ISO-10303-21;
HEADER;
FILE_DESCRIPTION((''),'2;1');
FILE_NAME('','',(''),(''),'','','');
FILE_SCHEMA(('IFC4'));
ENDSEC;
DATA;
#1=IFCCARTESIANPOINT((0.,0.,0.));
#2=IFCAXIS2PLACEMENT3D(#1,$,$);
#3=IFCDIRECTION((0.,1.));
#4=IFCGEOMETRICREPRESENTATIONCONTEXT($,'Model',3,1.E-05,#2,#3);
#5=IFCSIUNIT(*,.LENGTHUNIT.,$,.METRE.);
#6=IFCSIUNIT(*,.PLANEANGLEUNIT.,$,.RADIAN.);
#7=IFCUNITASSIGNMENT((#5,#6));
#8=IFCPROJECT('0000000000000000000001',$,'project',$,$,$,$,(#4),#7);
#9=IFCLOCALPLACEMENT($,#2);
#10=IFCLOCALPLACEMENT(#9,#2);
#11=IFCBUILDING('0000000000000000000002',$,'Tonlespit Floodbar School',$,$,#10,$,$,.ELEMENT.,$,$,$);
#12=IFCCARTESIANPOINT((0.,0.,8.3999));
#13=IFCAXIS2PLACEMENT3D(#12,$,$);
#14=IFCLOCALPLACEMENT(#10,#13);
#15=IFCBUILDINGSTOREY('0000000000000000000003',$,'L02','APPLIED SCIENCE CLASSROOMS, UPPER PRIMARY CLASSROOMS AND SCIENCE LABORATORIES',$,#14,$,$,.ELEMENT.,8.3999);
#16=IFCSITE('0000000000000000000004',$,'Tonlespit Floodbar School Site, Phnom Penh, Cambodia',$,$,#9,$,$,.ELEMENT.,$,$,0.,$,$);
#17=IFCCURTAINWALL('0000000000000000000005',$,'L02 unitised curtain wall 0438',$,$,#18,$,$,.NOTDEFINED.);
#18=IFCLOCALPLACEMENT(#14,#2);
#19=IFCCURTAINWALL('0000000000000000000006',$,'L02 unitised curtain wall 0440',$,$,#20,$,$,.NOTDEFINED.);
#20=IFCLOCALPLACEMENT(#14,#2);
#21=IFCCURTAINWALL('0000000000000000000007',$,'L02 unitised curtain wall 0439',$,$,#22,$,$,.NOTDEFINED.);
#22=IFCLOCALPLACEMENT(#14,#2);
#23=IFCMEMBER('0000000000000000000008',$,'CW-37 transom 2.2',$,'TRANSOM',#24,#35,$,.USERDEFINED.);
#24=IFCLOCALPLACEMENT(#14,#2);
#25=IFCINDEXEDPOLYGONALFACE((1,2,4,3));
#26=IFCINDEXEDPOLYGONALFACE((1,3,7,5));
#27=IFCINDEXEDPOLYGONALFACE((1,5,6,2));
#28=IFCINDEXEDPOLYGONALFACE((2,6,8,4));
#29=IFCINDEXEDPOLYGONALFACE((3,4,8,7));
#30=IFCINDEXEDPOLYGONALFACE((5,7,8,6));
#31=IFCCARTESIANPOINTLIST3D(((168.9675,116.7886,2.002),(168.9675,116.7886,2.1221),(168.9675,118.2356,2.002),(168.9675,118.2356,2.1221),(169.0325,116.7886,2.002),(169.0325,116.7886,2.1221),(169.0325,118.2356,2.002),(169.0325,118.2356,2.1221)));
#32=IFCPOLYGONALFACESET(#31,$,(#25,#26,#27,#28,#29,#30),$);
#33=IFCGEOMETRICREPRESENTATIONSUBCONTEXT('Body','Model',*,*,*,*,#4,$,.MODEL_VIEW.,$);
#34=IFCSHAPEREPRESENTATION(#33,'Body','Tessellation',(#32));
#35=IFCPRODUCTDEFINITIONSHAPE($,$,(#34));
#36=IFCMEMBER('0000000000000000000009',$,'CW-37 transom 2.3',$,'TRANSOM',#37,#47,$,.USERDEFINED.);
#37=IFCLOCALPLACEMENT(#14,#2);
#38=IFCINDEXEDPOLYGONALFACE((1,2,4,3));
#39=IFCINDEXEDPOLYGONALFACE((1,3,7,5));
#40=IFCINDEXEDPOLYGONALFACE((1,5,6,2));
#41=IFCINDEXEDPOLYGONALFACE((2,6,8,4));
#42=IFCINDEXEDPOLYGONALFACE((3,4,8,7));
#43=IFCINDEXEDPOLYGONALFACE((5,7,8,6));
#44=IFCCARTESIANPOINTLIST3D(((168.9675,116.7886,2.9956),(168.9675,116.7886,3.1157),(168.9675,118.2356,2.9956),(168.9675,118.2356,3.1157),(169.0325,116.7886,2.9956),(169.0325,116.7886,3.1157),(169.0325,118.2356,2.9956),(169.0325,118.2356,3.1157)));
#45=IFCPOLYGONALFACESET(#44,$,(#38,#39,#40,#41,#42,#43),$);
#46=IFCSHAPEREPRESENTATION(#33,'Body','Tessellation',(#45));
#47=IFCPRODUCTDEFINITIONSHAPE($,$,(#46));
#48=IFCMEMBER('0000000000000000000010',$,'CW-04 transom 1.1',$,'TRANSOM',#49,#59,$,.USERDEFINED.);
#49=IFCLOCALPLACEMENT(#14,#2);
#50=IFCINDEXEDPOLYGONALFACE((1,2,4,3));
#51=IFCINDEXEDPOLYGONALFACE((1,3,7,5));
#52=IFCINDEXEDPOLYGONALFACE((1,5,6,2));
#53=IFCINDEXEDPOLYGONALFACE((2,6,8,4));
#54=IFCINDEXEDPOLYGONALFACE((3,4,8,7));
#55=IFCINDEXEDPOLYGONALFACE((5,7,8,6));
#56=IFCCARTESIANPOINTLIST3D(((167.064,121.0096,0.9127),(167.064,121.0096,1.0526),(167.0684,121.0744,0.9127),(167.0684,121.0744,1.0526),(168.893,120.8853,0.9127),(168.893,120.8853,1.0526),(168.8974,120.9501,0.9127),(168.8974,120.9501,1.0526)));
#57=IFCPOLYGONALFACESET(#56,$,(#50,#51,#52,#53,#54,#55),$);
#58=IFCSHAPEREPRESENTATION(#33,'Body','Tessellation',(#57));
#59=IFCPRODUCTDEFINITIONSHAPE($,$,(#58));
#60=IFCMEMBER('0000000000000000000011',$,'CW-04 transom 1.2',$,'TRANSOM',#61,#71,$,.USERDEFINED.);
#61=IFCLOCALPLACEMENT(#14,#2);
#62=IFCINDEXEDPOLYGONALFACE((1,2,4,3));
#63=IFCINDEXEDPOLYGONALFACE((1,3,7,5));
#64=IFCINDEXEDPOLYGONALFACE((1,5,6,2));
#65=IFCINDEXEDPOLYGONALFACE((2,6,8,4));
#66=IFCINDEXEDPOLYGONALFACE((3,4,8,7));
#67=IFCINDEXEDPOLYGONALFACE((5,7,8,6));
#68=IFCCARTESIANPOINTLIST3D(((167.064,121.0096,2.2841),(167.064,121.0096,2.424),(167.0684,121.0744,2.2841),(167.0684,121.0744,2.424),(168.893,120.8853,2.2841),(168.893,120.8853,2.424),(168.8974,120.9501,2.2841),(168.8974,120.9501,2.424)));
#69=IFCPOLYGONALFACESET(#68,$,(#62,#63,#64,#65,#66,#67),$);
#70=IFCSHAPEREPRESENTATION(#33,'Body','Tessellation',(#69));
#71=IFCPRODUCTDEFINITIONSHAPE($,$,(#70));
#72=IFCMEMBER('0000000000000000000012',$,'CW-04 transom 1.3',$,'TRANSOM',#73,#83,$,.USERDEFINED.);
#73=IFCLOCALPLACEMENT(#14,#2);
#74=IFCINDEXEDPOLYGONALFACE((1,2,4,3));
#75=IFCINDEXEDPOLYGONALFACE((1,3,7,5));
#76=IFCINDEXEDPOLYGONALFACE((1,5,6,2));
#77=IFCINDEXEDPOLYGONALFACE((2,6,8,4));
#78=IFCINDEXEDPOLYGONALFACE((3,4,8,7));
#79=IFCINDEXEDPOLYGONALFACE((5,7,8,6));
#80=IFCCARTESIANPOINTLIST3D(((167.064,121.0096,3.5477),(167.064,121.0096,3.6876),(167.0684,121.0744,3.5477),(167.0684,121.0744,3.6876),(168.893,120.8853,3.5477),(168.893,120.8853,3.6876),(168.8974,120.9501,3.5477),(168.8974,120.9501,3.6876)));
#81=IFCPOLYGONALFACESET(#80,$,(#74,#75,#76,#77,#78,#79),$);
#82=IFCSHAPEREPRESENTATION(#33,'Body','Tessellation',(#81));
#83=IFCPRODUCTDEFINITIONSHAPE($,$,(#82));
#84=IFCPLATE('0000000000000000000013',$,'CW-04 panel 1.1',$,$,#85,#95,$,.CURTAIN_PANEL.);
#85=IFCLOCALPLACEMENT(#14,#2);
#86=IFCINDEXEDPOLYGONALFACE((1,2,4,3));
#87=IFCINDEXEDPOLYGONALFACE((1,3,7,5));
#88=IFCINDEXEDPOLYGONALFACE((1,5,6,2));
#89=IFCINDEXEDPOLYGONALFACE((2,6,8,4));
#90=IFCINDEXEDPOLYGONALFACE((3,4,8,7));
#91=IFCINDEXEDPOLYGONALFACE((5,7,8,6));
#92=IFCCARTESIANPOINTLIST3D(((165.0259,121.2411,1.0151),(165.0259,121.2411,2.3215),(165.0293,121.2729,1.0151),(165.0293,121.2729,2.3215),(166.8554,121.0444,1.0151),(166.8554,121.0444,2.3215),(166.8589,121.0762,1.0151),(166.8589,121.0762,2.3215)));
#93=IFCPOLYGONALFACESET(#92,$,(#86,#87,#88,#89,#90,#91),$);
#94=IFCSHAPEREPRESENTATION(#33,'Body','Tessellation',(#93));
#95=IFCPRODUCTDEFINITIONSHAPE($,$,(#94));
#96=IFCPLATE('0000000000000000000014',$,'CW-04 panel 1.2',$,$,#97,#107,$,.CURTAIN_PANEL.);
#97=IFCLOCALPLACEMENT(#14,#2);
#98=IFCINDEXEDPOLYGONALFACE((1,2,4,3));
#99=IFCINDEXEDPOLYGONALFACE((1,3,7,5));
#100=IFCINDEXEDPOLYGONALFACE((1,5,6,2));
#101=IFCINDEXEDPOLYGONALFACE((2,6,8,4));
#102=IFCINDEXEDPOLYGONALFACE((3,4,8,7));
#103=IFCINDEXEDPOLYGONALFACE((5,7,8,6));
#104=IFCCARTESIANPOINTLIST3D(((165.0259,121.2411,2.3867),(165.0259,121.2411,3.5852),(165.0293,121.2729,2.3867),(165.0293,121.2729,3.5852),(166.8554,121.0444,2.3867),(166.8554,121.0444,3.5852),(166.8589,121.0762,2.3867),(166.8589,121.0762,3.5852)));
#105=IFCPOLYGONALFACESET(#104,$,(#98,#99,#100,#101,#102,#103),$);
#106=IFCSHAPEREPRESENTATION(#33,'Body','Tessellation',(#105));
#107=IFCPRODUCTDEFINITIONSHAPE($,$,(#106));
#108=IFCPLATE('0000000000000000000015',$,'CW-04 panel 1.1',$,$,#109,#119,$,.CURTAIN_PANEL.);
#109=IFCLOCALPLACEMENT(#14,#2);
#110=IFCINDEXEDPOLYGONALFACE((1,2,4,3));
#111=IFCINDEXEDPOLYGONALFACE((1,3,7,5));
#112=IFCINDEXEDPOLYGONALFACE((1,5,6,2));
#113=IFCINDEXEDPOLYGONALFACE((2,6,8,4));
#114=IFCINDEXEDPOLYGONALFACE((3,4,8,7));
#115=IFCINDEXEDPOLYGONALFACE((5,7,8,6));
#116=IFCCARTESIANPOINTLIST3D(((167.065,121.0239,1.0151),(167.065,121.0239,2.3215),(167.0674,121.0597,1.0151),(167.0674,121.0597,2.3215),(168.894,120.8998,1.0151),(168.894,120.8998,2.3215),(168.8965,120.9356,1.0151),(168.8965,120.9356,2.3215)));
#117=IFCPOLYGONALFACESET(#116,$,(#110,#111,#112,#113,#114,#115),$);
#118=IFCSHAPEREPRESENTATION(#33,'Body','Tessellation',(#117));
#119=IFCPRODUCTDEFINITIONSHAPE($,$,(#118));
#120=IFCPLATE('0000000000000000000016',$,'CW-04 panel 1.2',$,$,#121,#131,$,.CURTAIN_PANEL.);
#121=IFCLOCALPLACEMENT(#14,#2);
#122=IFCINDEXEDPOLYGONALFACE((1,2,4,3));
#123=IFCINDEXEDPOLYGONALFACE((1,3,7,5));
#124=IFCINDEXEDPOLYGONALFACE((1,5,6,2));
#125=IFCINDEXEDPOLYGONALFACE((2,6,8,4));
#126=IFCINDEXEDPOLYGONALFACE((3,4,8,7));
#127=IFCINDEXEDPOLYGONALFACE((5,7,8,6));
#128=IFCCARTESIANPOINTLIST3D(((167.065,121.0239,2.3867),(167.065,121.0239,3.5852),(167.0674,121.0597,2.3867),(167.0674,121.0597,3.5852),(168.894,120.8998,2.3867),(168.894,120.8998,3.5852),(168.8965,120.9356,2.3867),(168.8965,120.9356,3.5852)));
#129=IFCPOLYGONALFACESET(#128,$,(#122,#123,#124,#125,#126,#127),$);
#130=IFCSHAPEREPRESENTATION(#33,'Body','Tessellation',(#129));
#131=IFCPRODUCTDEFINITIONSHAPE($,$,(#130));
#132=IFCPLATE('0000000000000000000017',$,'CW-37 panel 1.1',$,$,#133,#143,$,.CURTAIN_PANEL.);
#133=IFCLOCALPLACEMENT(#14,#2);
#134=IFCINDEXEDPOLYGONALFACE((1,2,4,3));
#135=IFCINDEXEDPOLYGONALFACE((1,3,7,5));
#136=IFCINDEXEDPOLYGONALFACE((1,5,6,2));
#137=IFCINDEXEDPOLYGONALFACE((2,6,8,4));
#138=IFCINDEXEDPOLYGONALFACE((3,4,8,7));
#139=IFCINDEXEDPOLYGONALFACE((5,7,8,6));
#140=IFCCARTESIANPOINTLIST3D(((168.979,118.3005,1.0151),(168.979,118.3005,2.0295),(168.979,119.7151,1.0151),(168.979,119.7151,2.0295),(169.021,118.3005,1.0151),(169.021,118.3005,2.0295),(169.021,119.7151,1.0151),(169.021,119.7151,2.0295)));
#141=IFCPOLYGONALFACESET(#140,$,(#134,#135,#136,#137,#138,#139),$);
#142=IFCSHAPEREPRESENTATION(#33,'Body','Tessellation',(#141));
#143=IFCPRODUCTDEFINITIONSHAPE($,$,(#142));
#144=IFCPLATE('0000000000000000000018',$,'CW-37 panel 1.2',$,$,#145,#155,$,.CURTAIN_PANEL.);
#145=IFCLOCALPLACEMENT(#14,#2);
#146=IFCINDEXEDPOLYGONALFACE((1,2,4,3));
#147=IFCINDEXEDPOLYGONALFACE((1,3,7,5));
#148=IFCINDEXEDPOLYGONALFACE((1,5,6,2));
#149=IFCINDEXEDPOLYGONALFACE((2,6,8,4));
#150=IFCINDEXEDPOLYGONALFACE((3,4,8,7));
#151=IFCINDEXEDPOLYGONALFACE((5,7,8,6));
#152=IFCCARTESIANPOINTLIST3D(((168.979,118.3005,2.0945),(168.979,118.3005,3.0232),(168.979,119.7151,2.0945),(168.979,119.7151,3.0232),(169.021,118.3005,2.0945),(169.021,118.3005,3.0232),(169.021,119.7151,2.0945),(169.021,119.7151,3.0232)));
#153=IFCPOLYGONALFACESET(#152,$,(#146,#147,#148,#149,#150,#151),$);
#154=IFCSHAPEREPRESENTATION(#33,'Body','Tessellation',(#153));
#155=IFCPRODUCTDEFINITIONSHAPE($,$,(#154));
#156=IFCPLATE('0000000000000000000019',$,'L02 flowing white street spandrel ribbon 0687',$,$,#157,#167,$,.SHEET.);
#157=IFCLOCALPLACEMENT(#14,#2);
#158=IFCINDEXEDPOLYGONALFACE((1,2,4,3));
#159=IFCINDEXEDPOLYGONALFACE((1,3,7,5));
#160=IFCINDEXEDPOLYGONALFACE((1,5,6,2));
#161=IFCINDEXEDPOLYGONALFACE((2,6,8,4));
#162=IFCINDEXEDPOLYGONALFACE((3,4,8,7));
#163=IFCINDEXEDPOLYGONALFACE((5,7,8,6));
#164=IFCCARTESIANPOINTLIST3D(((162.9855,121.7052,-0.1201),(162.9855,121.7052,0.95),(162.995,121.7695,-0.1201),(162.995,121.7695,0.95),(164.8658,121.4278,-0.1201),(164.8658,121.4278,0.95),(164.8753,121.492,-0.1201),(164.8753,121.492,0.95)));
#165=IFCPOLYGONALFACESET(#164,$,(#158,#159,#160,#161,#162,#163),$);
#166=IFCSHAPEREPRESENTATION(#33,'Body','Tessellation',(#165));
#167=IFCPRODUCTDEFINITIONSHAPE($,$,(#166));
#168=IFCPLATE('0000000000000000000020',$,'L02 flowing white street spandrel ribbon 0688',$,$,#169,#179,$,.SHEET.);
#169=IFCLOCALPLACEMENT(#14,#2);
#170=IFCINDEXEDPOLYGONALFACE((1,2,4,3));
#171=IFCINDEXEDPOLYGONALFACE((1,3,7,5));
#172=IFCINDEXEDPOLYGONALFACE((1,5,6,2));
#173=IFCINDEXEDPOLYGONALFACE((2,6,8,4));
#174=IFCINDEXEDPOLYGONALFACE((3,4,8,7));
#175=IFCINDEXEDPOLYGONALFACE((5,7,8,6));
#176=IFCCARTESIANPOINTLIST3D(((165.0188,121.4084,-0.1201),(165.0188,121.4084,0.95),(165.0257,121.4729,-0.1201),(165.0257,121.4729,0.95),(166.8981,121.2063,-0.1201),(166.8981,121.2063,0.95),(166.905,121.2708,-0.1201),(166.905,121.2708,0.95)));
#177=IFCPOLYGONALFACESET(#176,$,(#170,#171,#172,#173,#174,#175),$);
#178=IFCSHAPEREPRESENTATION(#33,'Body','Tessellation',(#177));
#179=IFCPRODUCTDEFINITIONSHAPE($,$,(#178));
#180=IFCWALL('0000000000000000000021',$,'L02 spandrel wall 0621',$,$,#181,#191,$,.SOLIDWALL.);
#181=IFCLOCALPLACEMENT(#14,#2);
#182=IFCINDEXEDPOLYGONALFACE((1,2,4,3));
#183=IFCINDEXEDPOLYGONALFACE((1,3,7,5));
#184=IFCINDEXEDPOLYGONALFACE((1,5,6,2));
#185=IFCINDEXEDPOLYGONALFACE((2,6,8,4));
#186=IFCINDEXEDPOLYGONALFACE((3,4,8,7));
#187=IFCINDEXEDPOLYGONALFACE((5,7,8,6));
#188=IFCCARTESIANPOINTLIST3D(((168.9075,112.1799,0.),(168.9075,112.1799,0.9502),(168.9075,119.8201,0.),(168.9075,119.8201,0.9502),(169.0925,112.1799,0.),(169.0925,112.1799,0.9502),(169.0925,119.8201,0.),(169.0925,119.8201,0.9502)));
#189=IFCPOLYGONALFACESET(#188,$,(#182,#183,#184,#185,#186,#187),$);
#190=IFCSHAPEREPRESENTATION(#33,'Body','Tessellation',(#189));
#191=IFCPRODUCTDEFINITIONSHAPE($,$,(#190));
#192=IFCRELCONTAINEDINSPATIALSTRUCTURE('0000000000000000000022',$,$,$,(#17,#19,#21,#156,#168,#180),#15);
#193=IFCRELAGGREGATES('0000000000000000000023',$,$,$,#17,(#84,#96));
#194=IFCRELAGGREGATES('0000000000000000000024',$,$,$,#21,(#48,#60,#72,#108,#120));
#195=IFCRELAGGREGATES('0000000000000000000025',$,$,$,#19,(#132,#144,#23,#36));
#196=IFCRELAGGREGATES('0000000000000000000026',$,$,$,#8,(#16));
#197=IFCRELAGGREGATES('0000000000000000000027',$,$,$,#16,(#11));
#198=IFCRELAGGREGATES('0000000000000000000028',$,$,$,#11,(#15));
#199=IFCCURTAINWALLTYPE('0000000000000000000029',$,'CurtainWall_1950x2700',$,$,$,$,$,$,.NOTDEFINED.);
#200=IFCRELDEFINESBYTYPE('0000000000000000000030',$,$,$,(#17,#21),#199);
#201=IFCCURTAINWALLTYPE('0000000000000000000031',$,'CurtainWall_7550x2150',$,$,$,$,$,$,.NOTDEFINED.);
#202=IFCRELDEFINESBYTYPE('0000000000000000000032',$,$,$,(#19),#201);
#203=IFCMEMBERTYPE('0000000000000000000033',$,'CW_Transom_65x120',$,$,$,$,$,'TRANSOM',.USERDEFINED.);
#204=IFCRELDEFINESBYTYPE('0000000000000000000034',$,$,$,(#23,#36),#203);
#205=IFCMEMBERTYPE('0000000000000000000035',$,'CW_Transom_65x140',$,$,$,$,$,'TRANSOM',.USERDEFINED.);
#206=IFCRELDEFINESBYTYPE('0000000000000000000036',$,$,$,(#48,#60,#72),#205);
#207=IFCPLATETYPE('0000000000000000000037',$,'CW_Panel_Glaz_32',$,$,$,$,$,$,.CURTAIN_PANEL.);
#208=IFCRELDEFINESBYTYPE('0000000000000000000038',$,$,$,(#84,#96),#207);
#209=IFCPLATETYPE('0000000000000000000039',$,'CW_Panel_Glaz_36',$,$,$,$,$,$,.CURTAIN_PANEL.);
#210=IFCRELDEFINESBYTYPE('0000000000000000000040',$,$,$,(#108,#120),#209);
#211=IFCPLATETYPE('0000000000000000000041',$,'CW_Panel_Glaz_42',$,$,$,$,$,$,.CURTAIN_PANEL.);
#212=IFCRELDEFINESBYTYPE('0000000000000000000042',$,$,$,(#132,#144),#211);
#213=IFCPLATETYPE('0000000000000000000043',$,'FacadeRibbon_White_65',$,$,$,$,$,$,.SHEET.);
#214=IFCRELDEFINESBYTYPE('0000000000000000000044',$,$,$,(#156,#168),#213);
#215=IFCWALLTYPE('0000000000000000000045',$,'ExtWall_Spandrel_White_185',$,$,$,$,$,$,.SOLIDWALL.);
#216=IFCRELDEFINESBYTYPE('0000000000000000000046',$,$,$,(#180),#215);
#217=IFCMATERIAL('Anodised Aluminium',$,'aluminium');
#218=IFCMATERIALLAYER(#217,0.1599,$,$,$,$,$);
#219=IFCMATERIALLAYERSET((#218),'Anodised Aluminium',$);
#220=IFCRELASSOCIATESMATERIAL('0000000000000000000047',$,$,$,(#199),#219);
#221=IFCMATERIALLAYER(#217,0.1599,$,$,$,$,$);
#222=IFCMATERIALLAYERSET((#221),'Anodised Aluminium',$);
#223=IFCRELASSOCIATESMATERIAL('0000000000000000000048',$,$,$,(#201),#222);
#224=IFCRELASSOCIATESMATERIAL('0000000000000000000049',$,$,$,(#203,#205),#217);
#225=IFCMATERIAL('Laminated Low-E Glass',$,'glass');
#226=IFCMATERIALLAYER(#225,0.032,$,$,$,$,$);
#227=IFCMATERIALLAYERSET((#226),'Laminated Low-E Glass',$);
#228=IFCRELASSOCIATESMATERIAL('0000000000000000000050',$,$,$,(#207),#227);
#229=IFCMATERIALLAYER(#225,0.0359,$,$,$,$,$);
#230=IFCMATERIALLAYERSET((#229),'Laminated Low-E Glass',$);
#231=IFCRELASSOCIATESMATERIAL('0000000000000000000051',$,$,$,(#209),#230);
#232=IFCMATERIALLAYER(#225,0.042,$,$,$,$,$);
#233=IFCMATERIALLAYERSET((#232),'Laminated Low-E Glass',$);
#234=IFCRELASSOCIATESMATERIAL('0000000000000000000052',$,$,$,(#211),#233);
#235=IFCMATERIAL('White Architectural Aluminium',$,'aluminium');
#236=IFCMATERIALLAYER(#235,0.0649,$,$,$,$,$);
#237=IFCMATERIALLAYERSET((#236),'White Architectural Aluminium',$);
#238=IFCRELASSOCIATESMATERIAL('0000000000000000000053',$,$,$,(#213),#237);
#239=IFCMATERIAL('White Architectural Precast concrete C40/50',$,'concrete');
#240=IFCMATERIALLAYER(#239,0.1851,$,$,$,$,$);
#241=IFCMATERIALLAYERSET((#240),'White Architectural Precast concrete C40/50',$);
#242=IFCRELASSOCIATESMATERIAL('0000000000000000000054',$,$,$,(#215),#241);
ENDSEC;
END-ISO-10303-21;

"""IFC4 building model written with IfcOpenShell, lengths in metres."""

from ifc_helpers import new_model, si_unit, direction, frame, frame_2d, origin, origin_2d, place, context, subcontext, project, spatial, rectangle, extrude, material, layer, layer_set, material_profile, profile_set, type_object, element, aggregate, save


model = new_model("IFC4")

# Units and contexts
model_context = context("Model", 3, precision=1e-05, world=origin(), true_north=direction((0.0, 1.0)))
body_context = subcontext(model_context, "Body", "Model", "MODEL_VIEW")
ifc_project = project(units=[si_unit("LENGTHUNIT", "METRE"), si_unit("PLANEANGLEUNIT", "RADIAN")], contexts=[model_context])

# Site, building, storey
site_placement = place(None, origin())
site = spatial("IfcSite", under=ifc_project, at=site_placement, Name="Tonlespit Floodbar School Site, Phnom Penh, Cambodia", CompositionType="ELEMENT", RefElevation=0.0)
building_placement = place(site_placement, origin())
building = spatial("IfcBuilding", under=site, at=building_placement, Name="Tonlespit Floodbar School", CompositionType="ELEMENT")
storey_placement = place(building_placement, frame((0.0, 0.0, 8.3999)))
storey = spatial("IfcBuildingStorey", under=building, at=storey_placement, Name="L02", Description="APPLIED SCIENCE CLASSROOMS, UPPER PRIMARY CLASSROOMS AND SCIENCE LABORATORIES", CompositionType="ELEMENT", Elevation=8.3999)

# Curtain walls
ifc_material_1 = material(Name="Anodised Aluminium", Category="aluminium")
ifc_layer_1 = layer(ifc_material_1, 0.1599)
ifc_layer_set_1 = layer_set([ifc_layer_1], Name="Anodised Aluminium")
curtain_wall_type_1 = type_object("IfcCurtainWallType", Name="CurtainWall_1950x2700", PredefinedType="NOTDEFINED", material=ifc_layer_set_1)
curtain_wall_1_placement = place(storey_placement, origin())
curtain_wall_1 = element("IfcCurtainWall", 1, at=curtain_wall_1_placement, inside=storey, type_object=curtain_wall_type_1, Name="L02 unitised curtain wall 0438", PredefinedType="NOTDEFINED")
ifc_layer_2 = layer(ifc_material_1, 0.1599)
ifc_layer_set_2 = layer_set([ifc_layer_2], Name="Anodised Aluminium")
curtain_wall_type_2 = type_object("IfcCurtainWallType", Name="CurtainWall_7550x2150", PredefinedType="NOTDEFINED", material=ifc_layer_set_2)
curtain_wall_2_placement = place(storey_placement, origin())
curtain_wall_2 = element("IfcCurtainWall", 2, at=curtain_wall_2_placement, inside=storey, type_object=curtain_wall_type_2, Name="L02 unitised curtain wall 0440", PredefinedType="NOTDEFINED")

# Curtain wall
curtain_wall_3_placement = place(storey_placement, origin())
curtain_wall_3 = element("IfcCurtainWall", 3, at=curtain_wall_3_placement, inside=storey, type_object=curtain_wall_type_1, Name="L02 unitised curtain wall 0439", PredefinedType="NOTDEFINED")

# Members
ifc_material_profile_1 = material_profile(ifc_material_1, rectangle(XDim=0.0649, YDim=0.1201, at=origin_2d()), Name="ALU T65x120")
ifc_profile_set_1 = profile_set([ifc_material_profile_1], Name="Anodised Aluminium")
member_type_1 = type_object("IfcMemberType", Name="CW_Transom_65x120", ElementType="TRANSOM", PredefinedType="USERDEFINED", material=ifc_profile_set_1)
member_1_placement = place(storey_placement, frame((169.0, 118.2356, 2.062), z_axis=(0.0, -1.0, 0.0), x_axis=(1.0, 0.0, 0.0)))
member_1 = element("IfcMember", 4, at=member_1_placement, type_object=member_type_1, Name="CW-37 transom 2.2", ObjectType="TRANSOM", PredefinedType="USERDEFINED", context=body_context, shape_type="SweptSolid", body=[
    extrude(rectangle(XDim=0.0649, YDim=0.1201, at=origin_2d()), origin(), (0.0, 0.0, 1.0), 1.447),
])
member_2_placement = place(storey_placement, frame((169.0, 118.2356, 3.0557), z_axis=(0.0, -1.0, 0.0), x_axis=(1.0, 0.0, 0.0)))
member_2 = element("IfcMember", 5, at=member_2_placement, type_object=member_type_1, Name="CW-37 transom 2.3", ObjectType="TRANSOM", PredefinedType="USERDEFINED", context=body_context, shape_type="SweptSolid", body=[
    extrude(rectangle(XDim=0.0649, YDim=0.1201, at=origin_2d()), origin(), (0.0, 0.0, 1.0), 1.447),
])
ifc_material_profile_2 = material_profile(ifc_material_1, rectangle(XDim=0.0649, YDim=0.1399, at=origin_2d()), Name="ALU T65x140")
ifc_profile_set_2 = profile_set([ifc_material_profile_2], Name="Anodised Aluminium")
member_type_2 = type_object("IfcMemberType", Name="CW_Transom_65x140", ElementType="TRANSOM", PredefinedType="USERDEFINED", material=ifc_profile_set_2)
member_3_placement = place(storey_placement, frame((167.0662, 121.042, 0.9827), z_axis=(0.9977, -0.067783, 0.0), x_axis=(0.067783, 0.9977, 0.0)))
member_3 = element("IfcMember", 6, at=member_3_placement, type_object=member_type_2, Name="CW-04 transom 1.1", ObjectType="TRANSOM", PredefinedType="USERDEFINED", context=body_context, shape_type="SweptSolid", body=[
    extrude(rectangle(XDim=0.0649, YDim=0.1399, at=origin_2d()), origin(), (0.0, 0.0, 1.0), 1.8333),
])
member_4_placement = place(storey_placement, frame((167.0662, 121.042, 2.354), z_axis=(0.9977, -0.067783, 0.0), x_axis=(0.067783, 0.9977, 0.0)))
member_4 = element("IfcMember", 7, at=member_4_placement, type_object=member_type_2, Name="CW-04 transom 1.2", ObjectType="TRANSOM", PredefinedType="USERDEFINED", context=body_context, shape_type="SweptSolid", body=[
    extrude(rectangle(XDim=0.0649, YDim=0.1399, at=origin_2d()), origin(), (0.0, 0.0, 1.0), 1.8333),
])
member_5_placement = place(storey_placement, frame((167.0662, 121.042, 3.6177), z_axis=(0.9977, -0.067783, 0.0), x_axis=(0.067783, 0.9977, 0.0)))
member_5 = element("IfcMember", 8, at=member_5_placement, type_object=member_type_2, Name="CW-04 transom 1.3", ObjectType="TRANSOM", PredefinedType="USERDEFINED", context=body_context, shape_type="SweptSolid", body=[
    extrude(rectangle(XDim=0.0649, YDim=0.1399, at=origin_2d()), origin(), (0.0, 0.0, 1.0), 1.8333),
])

# Plates
ifc_material_2 = material(Name="Laminated Low-E Glass", Category="glass")
ifc_layer_3 = layer(ifc_material_2, 0.032)
ifc_layer_set_3 = layer_set([ifc_layer_3], Name="Laminated Low-E Glass")
plate_type_1 = type_object("IfcPlateType", Name="CW_Panel_Glaz_32", PredefinedType="CURTAIN_PANEL", material=ifc_layer_set_3)
plate_1_placement = place(storey_placement, frame((165.9424, 121.1587, 1.0151), z_axis=(0.0, 0.0, 1.0), x_axis=(0.99427, -0.106899, 0.0)))
plate_1 = element("IfcPlate", 9, at=plate_1_placement, type_object=plate_type_1, Name="CW-04 panel 1.1", PredefinedType="CURTAIN_PANEL", context=body_context, shape_type="SweptSolid", body=[
    extrude(rectangle(XDim=1.8401, YDim=0.032, at=origin_2d()), origin(), (0.0, 0.0, 1.0), 1.3064),
])
plate_2_placement = place(storey_placement, frame((165.9424, 121.1587, 2.3867), z_axis=(0.0, 0.0, 1.0), x_axis=(0.99427, -0.106899, 0.0)))
plate_2 = element("IfcPlate", 10, at=plate_2_placement, type_object=plate_type_1, Name="CW-04 panel 1.2", PredefinedType="CURTAIN_PANEL", context=body_context, shape_type="SweptSolid", body=[
    extrude(rectangle(XDim=1.8401, YDim=0.032, at=origin_2d()), origin(), (0.0, 0.0, 1.0), 1.1985),
])
aggregate(curtain_wall_1, [plate_1, plate_2])
ifc_layer_4 = layer(ifc_material_2, 0.0359)
ifc_layer_set_4 = layer_set([ifc_layer_4], Name="Laminated Low-E Glass")
plate_type_2 = type_object("IfcPlateType", Name="CW_Panel_Glaz_36", PredefinedType="CURTAIN_PANEL", material=ifc_layer_set_4)
plate_3_placement = place(storey_placement, frame((167.9807, 120.9797, 1.0151), z_axis=(0.0, 0.0, 1.0), x_axis=(0.997706, -0.067695, 0.0)))
plate_3 = element("IfcPlate", 11, at=plate_3_placement, type_object=plate_type_2, Name="CW-04 panel 1.1", PredefinedType="CURTAIN_PANEL", context=body_context, shape_type="SweptSolid", body=[
    extrude(rectangle(XDim=1.8333, YDim=0.0359, at=origin_2d()), origin(), (0.0, 0.0, 1.0), 1.3064),
])
plate_4_placement = place(storey_placement, frame((167.9807, 120.9797, 2.3867), z_axis=(0.0, 0.0, 1.0), x_axis=(0.997706, -0.067695, 0.0)))
plate_4 = element("IfcPlate", 12, at=plate_4_placement, type_object=plate_type_2, Name="CW-04 panel 1.2", PredefinedType="CURTAIN_PANEL", context=body_context, shape_type="SweptSolid", body=[
    extrude(rectangle(XDim=1.8333, YDim=0.0359, at=origin_2d()), origin(), (0.0, 0.0, 1.0), 1.1985),
])
aggregate(curtain_wall_3, [member_3, member_4, member_5, plate_3, plate_4])
ifc_layer_5 = layer(ifc_material_2, 0.042)
ifc_layer_set_5 = layer_set([ifc_layer_5], Name="Laminated Low-E Glass")
plate_type_3 = type_object("IfcPlateType", Name="CW_Panel_Glaz_42", PredefinedType="CURTAIN_PANEL", material=ifc_layer_set_5)
plate_5_placement = place(storey_placement, frame((169.0, 119.0078, 1.0151), z_axis=(0.0, 0.0, 1.0), x_axis=(0.0, -1.0, 0.0)))
plate_5 = element("IfcPlate", 13, at=plate_5_placement, type_object=plate_type_3, Name="CW-37 panel 1.1", PredefinedType="CURTAIN_PANEL", context=body_context, shape_type="SweptSolid", body=[
    extrude(rectangle(XDim=1.4146, YDim=0.042, at=origin_2d()), origin(), (0.0, 0.0, 1.0), 1.0144),
])
plate_6_placement = place(storey_placement, frame((169.0, 119.0078, 2.0945), z_axis=(0.0, 0.0, 1.0), x_axis=(0.0, -1.0, 0.0)))
plate_6 = element("IfcPlate", 14, at=plate_6_placement, type_object=plate_type_3, Name="CW-37 panel 1.2", PredefinedType="CURTAIN_PANEL", context=body_context, shape_type="SweptSolid", body=[
    extrude(rectangle(XDim=1.4146, YDim=0.042, at=origin_2d()), origin(), (0.0, 0.0, 1.0), 0.9287),
])
aggregate(curtain_wall_2, [plate_5, plate_6, member_1, member_2])

# Plates
ifc_material_3 = material(Name="White Architectural Aluminium", Category="aluminium")
ifc_layer_6 = layer(ifc_material_3, 0.0649)
ifc_layer_set_6 = layer_set([ifc_layer_6], Name="White Architectural Aluminium")
plate_type_4 = type_object("IfcPlateType", Name="FacadeRibbon_White_65", PredefinedType="SHEET", material=ifc_layer_set_6)
plate_7_placement = place(storey_placement, frame((163.9304, 121.5986, -0.1201), z_axis=(0.0, 0.0, 1.0), x_axis=(0.989288, -0.145979, 0.0)))
element("IfcPlate", 15, at=plate_7_placement, inside=storey, type_object=plate_type_4, Name="L02 flowing white street spandrel ribbon 0687", PredefinedType="SHEET", context=body_context, shape_type="SweptSolid", body=[
    extrude(rectangle(XDim=1.9006, YDim=0.0649, at=origin_2d()), origin(), (0.0, 0.0, 1.0), 1.0701),
])
plate_8_placement = place(storey_placement, frame((165.9619, 121.3396, -0.1201), z_axis=(0.0, 0.0, 1.0), x_axis=(0.994268, -0.106918, 0.0)))
element("IfcPlate", 16, at=plate_8_placement, inside=storey, type_object=plate_type_4, Name="L02 flowing white street spandrel ribbon 0688", PredefinedType="SHEET", context=body_context, shape_type="SweptSolid", body=[
    extrude(rectangle(XDim=1.8901, YDim=0.0649, at=origin_2d()), origin(), (0.0, 0.0, 1.0), 1.0701),
])

# Wall
ifc_material_4 = material(Name="White Architectural Precast concrete C40/50", Category="concrete")
ifc_layer_7 = layer(ifc_material_4, 0.1851)
ifc_layer_set_7 = layer_set([ifc_layer_7], Name="White Architectural Precast concrete C40/50")
wall_type_1 = type_object("IfcWallType", Name="ExtWall_Spandrel_White_185", PredefinedType="SOLIDWALL", material=ifc_layer_set_7)
wall_1_placement = place(storey_placement, frame((169.0, 119.8201, 0.0), z_axis=(0.0, 0.0, 1.0), x_axis=(0.0, -1.0, 0.0)))
element("IfcWall", 17, at=wall_1_placement, inside=storey, type_object=wall_type_1, Name="L02 spandrel wall 0621", PredefinedType="SOLIDWALL", context=body_context, shape_type="SweptSolid", body=[
    extrude(rectangle(XDim=7.6401, YDim=0.1851, at=frame_2d((3.8201, 0.0))), origin(), (0.0, 0.0, 1.0), 0.9502),
])

save(model, "model.ifc")
